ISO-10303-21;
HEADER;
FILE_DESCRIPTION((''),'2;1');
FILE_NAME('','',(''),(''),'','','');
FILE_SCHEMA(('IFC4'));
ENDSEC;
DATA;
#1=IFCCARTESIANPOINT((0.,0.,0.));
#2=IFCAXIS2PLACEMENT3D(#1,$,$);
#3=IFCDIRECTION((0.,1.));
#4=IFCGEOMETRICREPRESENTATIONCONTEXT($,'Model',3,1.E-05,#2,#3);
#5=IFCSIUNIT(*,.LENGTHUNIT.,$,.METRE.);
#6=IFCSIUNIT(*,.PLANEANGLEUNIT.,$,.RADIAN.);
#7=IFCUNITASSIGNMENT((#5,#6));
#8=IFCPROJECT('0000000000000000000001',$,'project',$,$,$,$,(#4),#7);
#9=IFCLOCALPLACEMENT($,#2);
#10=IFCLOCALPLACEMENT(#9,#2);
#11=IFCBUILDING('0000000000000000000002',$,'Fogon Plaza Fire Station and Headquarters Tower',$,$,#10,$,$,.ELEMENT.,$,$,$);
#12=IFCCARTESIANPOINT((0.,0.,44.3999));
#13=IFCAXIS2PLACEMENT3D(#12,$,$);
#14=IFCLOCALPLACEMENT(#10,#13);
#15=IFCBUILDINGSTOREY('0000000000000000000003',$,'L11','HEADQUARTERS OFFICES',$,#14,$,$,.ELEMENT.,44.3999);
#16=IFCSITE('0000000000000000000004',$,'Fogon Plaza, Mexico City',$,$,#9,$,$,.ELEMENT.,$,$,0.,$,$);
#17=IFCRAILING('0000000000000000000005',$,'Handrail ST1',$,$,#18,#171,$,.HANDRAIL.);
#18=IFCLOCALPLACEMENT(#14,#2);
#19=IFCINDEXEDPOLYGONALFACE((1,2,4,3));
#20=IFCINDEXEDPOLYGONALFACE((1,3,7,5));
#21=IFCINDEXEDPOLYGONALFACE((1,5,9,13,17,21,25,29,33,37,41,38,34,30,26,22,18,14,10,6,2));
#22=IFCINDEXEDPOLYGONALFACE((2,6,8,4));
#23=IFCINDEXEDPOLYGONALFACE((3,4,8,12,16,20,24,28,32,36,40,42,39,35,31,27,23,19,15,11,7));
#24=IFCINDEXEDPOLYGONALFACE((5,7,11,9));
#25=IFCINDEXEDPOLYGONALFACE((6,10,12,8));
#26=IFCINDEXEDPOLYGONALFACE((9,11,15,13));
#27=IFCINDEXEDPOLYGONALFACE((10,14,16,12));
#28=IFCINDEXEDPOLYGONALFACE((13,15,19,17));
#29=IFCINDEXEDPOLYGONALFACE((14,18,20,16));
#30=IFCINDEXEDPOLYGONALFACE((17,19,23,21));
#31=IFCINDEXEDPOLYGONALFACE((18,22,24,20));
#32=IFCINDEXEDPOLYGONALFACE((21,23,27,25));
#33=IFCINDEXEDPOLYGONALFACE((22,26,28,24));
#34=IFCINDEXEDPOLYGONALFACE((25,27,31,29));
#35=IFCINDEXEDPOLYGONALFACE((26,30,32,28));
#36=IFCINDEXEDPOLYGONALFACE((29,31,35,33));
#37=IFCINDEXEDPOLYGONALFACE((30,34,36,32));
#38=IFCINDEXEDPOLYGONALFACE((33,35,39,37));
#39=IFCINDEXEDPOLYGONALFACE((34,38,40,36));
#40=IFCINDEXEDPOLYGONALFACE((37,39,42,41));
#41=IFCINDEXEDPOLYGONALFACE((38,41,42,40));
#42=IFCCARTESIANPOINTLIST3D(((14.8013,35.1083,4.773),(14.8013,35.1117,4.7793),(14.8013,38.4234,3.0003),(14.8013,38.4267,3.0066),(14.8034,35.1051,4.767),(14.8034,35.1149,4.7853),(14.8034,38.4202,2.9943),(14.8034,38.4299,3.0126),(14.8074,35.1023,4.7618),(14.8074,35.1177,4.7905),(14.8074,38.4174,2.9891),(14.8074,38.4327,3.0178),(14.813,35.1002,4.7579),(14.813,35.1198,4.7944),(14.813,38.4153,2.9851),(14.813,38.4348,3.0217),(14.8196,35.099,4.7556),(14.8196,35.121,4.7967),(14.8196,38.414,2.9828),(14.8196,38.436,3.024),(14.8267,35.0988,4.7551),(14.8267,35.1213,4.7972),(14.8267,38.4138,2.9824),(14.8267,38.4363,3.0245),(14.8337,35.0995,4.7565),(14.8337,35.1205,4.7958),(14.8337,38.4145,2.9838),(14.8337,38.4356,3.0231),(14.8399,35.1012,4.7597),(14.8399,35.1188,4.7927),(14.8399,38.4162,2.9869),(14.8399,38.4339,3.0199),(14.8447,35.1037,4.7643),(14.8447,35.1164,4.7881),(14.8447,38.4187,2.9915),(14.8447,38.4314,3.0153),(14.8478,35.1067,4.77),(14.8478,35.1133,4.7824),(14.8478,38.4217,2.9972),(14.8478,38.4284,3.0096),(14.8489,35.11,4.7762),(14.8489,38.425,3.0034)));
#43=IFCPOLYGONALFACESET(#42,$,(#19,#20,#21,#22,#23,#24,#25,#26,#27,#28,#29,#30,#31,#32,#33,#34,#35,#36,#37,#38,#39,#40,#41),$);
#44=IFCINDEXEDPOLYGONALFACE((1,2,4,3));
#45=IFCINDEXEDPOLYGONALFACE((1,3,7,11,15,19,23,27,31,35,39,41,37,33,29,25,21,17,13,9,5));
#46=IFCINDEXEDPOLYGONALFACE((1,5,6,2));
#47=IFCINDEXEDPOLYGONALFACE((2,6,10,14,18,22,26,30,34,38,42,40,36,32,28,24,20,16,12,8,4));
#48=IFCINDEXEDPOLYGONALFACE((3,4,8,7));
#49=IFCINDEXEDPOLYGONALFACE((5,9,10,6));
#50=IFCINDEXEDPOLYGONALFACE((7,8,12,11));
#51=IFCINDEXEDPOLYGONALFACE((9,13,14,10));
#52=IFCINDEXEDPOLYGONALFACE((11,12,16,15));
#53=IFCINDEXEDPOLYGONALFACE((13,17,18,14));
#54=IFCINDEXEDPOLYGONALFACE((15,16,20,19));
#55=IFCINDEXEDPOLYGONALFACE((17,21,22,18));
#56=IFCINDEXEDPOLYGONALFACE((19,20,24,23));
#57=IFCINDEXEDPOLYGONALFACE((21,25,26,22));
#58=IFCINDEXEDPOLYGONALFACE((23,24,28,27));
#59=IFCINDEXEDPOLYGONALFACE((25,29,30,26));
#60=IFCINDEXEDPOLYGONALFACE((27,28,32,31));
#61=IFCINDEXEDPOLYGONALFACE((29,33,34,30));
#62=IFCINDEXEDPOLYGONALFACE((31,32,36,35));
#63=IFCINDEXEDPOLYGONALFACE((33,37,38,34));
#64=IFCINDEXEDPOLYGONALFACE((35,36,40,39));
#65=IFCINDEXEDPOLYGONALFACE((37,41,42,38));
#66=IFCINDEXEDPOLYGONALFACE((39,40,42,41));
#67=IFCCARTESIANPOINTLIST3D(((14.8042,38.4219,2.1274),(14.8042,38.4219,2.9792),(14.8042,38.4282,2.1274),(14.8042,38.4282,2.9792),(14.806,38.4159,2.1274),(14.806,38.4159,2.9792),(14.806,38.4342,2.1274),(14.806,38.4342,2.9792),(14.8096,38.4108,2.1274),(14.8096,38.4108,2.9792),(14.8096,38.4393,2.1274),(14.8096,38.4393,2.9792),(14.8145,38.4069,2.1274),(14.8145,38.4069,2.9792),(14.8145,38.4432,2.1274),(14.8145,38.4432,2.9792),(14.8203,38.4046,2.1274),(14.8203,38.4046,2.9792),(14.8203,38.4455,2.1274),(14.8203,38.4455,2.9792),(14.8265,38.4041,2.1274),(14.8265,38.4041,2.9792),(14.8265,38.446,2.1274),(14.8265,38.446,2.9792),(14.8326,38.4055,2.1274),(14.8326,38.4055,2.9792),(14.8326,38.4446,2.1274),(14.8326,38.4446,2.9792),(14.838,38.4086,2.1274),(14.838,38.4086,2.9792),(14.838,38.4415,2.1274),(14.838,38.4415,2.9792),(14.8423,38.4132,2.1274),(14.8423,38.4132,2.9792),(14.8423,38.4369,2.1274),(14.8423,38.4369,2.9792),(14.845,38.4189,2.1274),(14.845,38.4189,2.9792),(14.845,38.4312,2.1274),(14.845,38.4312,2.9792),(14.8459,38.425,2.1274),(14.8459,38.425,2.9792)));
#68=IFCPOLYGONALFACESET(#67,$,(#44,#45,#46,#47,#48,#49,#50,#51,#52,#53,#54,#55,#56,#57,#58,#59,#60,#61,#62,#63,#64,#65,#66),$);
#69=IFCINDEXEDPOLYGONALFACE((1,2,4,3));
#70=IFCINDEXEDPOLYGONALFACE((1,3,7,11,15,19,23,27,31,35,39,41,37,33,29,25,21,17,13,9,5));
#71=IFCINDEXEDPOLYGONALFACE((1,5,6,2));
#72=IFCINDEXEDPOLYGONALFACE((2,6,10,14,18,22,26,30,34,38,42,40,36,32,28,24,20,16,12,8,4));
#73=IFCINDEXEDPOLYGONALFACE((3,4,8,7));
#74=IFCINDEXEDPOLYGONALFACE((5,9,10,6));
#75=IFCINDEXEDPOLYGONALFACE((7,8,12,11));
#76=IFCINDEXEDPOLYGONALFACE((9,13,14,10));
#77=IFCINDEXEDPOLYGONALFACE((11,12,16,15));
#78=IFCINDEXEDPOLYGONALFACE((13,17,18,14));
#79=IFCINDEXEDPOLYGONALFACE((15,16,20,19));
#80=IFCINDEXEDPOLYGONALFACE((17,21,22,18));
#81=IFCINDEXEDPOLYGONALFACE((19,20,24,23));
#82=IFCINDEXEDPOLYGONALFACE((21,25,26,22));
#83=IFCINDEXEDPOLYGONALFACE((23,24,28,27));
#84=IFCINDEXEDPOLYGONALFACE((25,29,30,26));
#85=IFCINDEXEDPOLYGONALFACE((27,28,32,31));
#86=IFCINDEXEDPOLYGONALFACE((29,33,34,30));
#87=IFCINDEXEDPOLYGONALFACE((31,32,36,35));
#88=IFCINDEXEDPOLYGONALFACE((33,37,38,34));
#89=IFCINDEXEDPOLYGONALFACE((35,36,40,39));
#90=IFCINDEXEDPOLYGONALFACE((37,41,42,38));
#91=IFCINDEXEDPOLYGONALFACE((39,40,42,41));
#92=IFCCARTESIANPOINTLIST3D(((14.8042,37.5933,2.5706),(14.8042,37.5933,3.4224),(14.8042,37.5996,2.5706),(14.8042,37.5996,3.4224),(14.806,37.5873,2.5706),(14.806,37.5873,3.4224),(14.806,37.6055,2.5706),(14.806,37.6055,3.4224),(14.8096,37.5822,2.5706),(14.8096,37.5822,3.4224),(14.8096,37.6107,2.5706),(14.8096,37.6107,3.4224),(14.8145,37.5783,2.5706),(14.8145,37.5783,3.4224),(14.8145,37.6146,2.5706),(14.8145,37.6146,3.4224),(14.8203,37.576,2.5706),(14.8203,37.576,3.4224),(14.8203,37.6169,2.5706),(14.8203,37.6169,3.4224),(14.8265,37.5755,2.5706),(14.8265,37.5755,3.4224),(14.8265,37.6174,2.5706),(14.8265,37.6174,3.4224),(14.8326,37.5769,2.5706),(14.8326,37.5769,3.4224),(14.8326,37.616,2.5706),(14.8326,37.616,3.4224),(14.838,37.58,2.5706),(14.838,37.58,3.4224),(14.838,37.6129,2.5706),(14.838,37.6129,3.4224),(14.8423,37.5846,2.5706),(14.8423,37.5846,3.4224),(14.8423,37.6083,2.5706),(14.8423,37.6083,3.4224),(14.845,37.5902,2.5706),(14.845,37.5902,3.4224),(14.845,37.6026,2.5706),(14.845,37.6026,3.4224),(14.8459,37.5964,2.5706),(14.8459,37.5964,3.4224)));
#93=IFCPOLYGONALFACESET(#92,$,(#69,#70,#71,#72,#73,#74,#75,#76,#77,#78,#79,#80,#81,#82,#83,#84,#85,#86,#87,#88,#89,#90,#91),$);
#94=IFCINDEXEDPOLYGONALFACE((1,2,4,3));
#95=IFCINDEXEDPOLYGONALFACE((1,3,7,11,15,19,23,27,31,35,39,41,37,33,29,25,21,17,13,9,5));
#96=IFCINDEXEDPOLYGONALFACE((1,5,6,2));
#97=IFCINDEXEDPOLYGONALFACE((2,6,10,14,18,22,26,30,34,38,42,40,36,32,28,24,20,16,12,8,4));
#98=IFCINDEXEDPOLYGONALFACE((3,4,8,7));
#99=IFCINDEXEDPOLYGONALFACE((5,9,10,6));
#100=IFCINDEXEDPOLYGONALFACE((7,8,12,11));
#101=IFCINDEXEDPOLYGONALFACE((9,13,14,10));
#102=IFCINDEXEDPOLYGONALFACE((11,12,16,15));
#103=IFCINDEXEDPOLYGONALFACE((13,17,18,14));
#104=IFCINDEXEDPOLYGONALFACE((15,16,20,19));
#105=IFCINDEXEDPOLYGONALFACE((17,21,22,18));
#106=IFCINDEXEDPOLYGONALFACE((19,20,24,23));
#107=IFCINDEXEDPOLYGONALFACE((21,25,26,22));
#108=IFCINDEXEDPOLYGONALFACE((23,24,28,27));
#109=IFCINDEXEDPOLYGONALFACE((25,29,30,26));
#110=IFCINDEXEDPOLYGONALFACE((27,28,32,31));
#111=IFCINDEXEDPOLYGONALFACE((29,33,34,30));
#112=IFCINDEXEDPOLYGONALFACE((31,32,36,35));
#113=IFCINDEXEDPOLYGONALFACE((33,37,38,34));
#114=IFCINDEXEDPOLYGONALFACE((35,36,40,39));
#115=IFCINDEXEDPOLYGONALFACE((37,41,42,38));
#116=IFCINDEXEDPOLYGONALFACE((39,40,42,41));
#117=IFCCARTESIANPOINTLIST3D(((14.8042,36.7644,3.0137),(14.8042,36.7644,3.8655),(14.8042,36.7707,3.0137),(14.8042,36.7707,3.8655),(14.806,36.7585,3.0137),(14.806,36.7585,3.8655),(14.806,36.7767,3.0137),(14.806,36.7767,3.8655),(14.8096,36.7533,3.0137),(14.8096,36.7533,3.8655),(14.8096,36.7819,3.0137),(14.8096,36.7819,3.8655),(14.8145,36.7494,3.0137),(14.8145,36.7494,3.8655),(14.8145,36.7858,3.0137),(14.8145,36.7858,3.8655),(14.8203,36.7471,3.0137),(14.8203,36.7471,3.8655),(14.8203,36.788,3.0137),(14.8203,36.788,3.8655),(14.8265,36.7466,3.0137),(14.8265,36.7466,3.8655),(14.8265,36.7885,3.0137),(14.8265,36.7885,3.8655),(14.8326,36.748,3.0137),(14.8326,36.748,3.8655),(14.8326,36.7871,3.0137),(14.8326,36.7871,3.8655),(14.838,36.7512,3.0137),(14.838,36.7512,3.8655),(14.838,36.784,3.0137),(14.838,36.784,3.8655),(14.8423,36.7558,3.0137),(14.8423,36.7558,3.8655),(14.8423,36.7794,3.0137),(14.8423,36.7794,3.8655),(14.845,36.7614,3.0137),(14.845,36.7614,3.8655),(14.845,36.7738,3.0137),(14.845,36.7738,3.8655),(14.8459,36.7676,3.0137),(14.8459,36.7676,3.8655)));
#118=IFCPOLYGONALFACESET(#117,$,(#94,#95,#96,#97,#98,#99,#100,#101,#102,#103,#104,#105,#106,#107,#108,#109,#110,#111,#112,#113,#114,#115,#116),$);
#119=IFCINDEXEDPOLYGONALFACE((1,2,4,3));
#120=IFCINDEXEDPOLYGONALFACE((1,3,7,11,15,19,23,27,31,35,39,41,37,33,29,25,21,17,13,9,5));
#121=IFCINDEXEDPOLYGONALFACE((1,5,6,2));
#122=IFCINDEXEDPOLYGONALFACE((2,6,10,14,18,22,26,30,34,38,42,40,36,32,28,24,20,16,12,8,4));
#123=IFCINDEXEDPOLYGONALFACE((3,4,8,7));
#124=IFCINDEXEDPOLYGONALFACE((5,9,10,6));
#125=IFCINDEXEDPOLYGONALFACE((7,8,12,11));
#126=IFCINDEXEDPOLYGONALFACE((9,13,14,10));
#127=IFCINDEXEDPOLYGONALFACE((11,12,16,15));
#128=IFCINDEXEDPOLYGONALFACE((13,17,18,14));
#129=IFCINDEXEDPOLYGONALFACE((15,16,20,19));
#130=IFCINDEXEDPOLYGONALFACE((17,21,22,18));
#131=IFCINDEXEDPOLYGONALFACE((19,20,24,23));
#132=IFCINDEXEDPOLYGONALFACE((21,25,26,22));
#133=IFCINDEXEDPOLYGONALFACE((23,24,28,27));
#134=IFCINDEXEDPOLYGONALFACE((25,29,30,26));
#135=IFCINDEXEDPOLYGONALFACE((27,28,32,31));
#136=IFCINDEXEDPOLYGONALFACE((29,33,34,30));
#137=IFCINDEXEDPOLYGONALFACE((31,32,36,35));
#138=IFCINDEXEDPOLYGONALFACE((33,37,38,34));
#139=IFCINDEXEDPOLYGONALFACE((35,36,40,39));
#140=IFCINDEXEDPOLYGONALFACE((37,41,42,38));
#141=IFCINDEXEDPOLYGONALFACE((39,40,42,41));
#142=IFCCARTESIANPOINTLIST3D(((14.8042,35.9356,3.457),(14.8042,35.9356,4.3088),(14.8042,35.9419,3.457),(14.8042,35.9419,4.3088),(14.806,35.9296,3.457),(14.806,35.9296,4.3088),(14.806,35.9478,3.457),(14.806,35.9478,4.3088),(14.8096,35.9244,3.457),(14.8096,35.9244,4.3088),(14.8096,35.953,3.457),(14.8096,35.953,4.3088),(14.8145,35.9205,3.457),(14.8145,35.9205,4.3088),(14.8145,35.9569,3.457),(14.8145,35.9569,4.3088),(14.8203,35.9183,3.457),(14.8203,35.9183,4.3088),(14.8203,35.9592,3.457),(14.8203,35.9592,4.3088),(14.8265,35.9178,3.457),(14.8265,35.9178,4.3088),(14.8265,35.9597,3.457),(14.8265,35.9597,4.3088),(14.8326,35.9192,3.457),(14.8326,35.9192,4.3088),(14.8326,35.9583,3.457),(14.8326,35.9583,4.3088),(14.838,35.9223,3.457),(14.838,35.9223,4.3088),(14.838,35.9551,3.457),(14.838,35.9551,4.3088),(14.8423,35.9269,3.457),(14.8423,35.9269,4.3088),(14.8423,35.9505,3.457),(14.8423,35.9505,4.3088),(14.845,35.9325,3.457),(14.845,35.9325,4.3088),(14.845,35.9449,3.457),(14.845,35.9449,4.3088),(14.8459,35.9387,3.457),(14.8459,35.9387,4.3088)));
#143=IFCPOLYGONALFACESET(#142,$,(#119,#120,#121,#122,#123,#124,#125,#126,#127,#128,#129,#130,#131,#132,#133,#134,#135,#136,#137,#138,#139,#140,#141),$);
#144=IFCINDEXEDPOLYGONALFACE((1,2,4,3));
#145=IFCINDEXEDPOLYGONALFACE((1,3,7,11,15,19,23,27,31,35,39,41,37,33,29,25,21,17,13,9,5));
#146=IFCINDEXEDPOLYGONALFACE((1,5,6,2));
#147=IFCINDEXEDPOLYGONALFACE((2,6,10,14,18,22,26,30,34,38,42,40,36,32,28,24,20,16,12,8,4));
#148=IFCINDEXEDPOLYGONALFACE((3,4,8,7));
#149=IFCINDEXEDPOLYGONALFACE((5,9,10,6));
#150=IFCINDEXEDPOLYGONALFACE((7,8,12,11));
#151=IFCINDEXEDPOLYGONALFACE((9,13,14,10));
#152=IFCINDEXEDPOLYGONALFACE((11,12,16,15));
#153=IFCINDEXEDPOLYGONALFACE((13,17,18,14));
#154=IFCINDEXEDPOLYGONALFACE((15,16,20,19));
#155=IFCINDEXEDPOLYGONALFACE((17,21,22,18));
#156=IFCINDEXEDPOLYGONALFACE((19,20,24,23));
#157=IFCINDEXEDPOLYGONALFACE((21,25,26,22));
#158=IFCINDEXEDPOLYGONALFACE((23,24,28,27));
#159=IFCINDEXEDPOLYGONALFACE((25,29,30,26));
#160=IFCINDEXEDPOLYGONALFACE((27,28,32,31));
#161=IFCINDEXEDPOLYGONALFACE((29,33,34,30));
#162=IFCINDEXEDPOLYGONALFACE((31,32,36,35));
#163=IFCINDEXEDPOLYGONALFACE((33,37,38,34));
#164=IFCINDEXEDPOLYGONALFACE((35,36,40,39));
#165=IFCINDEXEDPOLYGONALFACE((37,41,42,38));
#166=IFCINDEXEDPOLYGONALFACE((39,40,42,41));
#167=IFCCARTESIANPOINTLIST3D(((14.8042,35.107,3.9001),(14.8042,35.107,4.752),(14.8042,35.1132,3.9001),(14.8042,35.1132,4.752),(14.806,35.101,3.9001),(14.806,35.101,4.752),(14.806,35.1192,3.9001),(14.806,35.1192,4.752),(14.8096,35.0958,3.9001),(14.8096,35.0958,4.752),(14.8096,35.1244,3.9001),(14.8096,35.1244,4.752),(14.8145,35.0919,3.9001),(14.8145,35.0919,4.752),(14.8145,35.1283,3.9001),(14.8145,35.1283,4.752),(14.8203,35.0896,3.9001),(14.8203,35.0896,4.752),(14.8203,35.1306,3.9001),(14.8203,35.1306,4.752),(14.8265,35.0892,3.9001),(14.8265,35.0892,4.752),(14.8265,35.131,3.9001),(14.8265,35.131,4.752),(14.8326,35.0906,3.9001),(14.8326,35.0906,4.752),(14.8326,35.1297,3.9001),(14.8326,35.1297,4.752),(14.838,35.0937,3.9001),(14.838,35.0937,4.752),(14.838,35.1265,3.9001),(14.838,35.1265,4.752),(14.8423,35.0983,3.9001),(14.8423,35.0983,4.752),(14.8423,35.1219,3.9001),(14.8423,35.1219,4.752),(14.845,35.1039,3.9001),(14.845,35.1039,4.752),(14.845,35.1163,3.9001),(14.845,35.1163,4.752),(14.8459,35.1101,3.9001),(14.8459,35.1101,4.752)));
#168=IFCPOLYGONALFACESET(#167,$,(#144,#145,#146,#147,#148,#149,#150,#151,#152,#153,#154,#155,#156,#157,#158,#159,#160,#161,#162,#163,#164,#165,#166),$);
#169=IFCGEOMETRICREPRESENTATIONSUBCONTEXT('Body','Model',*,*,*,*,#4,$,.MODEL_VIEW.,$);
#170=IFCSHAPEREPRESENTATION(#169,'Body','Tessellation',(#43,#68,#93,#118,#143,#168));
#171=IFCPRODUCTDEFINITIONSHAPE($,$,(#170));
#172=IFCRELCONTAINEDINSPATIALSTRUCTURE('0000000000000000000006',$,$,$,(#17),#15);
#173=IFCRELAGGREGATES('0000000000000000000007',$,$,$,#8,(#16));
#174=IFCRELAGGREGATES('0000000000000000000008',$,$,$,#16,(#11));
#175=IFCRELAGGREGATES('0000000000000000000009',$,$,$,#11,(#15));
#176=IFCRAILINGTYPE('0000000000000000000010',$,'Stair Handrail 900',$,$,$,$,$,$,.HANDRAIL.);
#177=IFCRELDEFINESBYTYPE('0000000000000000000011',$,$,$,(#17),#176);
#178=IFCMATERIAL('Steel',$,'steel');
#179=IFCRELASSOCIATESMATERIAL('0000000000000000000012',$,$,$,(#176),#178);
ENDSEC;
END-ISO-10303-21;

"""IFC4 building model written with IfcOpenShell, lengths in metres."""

from ifc_helpers import new_model, si_unit, direction, frame, origin, origin_2d, place, context, subcontext, project, spatial, circle, extrude, material, type_object, element, save


model = new_model("IFC4")

# Units and contexts
model_context = context("Model", 3, precision=1e-05, world=origin(), true_north=direction((0.0, 1.0)))
body_context = subcontext(model_context, "Body", "Model", "MODEL_VIEW")
ifc_project = project(units=[si_unit("LENGTHUNIT", "METRE"), si_unit("PLANEANGLEUNIT", "RADIAN")], contexts=[model_context])

# Site, building, storey
site_placement = place(None, origin())
site = spatial("IfcSite", under=ifc_project, at=site_placement, Name="Fogon Plaza, Mexico City", CompositionType="ELEMENT", RefElevation=0.0)
building_placement = place(site_placement, origin())
building = spatial("IfcBuilding", under=site, at=building_placement, Name="Fogon Plaza Fire Station and Headquarters Tower", CompositionType="ELEMENT")
storey_placement = place(building_placement, frame((0.0, 0.0, 44.3999)))
storey = spatial("IfcBuildingStorey", under=building, at=storey_placement, Name="L11", Description="HEADQUARTERS OFFICES", CompositionType="ELEMENT", Elevation=44.3999)

# Railing
ifc_material_1 = material(Name="Steel", Category="steel")
railing_type = type_object("IfcRailingType", Name="Stair Handrail 900", PredefinedType="HANDRAIL", material=ifc_material_1)
for number, where, name in (
    (1, (14.825, 38.425, 2.1274), "Handrail ST1"),
):
    element("IfcRailing", number, at=place(storey_placement, frame(where)), inside=storey, type_object=railing_type, Name=name, PredefinedType="HANDRAIL", context=body_context, shape_type="SweptSolid", body=[
        extrude(circle(Radius=0.0239, at=origin_2d()), frame((0.0, 0.0, 0.876), z_axis=(0.0, -0.881829, 0.471569), x_axis=(1.0, 0.0, 0.0)), (0.0, 0.0, 1.0), 3.7593),
        extrude(circle(Radius=0.021, at=origin_2d()), origin(), (0.0, 0.0, 1.0), 0.8518),
        extrude(circle(Radius=0.021, at=origin_2d()), frame((0.0, -0.8286, 0.4431)), (0.0, 0.0, 1.0), 0.8518),
        extrude(circle(Radius=0.021, at=origin_2d()), frame((0.0, -1.6575, 0.8862)), (0.0, 0.0, 1.0), 0.8518),
        extrude(circle(Radius=0.021, at=origin_2d()), frame((0.0, -2.4863, 1.3296)), (0.0, 0.0, 1.0), 0.8518),
        extrude(circle(Radius=0.021, at=origin_2d()), frame((0.0, -3.3149, 1.7727)), (0.0, 0.0, 1.0), 0.8518),
    ])

save(model, "model.ifc")
